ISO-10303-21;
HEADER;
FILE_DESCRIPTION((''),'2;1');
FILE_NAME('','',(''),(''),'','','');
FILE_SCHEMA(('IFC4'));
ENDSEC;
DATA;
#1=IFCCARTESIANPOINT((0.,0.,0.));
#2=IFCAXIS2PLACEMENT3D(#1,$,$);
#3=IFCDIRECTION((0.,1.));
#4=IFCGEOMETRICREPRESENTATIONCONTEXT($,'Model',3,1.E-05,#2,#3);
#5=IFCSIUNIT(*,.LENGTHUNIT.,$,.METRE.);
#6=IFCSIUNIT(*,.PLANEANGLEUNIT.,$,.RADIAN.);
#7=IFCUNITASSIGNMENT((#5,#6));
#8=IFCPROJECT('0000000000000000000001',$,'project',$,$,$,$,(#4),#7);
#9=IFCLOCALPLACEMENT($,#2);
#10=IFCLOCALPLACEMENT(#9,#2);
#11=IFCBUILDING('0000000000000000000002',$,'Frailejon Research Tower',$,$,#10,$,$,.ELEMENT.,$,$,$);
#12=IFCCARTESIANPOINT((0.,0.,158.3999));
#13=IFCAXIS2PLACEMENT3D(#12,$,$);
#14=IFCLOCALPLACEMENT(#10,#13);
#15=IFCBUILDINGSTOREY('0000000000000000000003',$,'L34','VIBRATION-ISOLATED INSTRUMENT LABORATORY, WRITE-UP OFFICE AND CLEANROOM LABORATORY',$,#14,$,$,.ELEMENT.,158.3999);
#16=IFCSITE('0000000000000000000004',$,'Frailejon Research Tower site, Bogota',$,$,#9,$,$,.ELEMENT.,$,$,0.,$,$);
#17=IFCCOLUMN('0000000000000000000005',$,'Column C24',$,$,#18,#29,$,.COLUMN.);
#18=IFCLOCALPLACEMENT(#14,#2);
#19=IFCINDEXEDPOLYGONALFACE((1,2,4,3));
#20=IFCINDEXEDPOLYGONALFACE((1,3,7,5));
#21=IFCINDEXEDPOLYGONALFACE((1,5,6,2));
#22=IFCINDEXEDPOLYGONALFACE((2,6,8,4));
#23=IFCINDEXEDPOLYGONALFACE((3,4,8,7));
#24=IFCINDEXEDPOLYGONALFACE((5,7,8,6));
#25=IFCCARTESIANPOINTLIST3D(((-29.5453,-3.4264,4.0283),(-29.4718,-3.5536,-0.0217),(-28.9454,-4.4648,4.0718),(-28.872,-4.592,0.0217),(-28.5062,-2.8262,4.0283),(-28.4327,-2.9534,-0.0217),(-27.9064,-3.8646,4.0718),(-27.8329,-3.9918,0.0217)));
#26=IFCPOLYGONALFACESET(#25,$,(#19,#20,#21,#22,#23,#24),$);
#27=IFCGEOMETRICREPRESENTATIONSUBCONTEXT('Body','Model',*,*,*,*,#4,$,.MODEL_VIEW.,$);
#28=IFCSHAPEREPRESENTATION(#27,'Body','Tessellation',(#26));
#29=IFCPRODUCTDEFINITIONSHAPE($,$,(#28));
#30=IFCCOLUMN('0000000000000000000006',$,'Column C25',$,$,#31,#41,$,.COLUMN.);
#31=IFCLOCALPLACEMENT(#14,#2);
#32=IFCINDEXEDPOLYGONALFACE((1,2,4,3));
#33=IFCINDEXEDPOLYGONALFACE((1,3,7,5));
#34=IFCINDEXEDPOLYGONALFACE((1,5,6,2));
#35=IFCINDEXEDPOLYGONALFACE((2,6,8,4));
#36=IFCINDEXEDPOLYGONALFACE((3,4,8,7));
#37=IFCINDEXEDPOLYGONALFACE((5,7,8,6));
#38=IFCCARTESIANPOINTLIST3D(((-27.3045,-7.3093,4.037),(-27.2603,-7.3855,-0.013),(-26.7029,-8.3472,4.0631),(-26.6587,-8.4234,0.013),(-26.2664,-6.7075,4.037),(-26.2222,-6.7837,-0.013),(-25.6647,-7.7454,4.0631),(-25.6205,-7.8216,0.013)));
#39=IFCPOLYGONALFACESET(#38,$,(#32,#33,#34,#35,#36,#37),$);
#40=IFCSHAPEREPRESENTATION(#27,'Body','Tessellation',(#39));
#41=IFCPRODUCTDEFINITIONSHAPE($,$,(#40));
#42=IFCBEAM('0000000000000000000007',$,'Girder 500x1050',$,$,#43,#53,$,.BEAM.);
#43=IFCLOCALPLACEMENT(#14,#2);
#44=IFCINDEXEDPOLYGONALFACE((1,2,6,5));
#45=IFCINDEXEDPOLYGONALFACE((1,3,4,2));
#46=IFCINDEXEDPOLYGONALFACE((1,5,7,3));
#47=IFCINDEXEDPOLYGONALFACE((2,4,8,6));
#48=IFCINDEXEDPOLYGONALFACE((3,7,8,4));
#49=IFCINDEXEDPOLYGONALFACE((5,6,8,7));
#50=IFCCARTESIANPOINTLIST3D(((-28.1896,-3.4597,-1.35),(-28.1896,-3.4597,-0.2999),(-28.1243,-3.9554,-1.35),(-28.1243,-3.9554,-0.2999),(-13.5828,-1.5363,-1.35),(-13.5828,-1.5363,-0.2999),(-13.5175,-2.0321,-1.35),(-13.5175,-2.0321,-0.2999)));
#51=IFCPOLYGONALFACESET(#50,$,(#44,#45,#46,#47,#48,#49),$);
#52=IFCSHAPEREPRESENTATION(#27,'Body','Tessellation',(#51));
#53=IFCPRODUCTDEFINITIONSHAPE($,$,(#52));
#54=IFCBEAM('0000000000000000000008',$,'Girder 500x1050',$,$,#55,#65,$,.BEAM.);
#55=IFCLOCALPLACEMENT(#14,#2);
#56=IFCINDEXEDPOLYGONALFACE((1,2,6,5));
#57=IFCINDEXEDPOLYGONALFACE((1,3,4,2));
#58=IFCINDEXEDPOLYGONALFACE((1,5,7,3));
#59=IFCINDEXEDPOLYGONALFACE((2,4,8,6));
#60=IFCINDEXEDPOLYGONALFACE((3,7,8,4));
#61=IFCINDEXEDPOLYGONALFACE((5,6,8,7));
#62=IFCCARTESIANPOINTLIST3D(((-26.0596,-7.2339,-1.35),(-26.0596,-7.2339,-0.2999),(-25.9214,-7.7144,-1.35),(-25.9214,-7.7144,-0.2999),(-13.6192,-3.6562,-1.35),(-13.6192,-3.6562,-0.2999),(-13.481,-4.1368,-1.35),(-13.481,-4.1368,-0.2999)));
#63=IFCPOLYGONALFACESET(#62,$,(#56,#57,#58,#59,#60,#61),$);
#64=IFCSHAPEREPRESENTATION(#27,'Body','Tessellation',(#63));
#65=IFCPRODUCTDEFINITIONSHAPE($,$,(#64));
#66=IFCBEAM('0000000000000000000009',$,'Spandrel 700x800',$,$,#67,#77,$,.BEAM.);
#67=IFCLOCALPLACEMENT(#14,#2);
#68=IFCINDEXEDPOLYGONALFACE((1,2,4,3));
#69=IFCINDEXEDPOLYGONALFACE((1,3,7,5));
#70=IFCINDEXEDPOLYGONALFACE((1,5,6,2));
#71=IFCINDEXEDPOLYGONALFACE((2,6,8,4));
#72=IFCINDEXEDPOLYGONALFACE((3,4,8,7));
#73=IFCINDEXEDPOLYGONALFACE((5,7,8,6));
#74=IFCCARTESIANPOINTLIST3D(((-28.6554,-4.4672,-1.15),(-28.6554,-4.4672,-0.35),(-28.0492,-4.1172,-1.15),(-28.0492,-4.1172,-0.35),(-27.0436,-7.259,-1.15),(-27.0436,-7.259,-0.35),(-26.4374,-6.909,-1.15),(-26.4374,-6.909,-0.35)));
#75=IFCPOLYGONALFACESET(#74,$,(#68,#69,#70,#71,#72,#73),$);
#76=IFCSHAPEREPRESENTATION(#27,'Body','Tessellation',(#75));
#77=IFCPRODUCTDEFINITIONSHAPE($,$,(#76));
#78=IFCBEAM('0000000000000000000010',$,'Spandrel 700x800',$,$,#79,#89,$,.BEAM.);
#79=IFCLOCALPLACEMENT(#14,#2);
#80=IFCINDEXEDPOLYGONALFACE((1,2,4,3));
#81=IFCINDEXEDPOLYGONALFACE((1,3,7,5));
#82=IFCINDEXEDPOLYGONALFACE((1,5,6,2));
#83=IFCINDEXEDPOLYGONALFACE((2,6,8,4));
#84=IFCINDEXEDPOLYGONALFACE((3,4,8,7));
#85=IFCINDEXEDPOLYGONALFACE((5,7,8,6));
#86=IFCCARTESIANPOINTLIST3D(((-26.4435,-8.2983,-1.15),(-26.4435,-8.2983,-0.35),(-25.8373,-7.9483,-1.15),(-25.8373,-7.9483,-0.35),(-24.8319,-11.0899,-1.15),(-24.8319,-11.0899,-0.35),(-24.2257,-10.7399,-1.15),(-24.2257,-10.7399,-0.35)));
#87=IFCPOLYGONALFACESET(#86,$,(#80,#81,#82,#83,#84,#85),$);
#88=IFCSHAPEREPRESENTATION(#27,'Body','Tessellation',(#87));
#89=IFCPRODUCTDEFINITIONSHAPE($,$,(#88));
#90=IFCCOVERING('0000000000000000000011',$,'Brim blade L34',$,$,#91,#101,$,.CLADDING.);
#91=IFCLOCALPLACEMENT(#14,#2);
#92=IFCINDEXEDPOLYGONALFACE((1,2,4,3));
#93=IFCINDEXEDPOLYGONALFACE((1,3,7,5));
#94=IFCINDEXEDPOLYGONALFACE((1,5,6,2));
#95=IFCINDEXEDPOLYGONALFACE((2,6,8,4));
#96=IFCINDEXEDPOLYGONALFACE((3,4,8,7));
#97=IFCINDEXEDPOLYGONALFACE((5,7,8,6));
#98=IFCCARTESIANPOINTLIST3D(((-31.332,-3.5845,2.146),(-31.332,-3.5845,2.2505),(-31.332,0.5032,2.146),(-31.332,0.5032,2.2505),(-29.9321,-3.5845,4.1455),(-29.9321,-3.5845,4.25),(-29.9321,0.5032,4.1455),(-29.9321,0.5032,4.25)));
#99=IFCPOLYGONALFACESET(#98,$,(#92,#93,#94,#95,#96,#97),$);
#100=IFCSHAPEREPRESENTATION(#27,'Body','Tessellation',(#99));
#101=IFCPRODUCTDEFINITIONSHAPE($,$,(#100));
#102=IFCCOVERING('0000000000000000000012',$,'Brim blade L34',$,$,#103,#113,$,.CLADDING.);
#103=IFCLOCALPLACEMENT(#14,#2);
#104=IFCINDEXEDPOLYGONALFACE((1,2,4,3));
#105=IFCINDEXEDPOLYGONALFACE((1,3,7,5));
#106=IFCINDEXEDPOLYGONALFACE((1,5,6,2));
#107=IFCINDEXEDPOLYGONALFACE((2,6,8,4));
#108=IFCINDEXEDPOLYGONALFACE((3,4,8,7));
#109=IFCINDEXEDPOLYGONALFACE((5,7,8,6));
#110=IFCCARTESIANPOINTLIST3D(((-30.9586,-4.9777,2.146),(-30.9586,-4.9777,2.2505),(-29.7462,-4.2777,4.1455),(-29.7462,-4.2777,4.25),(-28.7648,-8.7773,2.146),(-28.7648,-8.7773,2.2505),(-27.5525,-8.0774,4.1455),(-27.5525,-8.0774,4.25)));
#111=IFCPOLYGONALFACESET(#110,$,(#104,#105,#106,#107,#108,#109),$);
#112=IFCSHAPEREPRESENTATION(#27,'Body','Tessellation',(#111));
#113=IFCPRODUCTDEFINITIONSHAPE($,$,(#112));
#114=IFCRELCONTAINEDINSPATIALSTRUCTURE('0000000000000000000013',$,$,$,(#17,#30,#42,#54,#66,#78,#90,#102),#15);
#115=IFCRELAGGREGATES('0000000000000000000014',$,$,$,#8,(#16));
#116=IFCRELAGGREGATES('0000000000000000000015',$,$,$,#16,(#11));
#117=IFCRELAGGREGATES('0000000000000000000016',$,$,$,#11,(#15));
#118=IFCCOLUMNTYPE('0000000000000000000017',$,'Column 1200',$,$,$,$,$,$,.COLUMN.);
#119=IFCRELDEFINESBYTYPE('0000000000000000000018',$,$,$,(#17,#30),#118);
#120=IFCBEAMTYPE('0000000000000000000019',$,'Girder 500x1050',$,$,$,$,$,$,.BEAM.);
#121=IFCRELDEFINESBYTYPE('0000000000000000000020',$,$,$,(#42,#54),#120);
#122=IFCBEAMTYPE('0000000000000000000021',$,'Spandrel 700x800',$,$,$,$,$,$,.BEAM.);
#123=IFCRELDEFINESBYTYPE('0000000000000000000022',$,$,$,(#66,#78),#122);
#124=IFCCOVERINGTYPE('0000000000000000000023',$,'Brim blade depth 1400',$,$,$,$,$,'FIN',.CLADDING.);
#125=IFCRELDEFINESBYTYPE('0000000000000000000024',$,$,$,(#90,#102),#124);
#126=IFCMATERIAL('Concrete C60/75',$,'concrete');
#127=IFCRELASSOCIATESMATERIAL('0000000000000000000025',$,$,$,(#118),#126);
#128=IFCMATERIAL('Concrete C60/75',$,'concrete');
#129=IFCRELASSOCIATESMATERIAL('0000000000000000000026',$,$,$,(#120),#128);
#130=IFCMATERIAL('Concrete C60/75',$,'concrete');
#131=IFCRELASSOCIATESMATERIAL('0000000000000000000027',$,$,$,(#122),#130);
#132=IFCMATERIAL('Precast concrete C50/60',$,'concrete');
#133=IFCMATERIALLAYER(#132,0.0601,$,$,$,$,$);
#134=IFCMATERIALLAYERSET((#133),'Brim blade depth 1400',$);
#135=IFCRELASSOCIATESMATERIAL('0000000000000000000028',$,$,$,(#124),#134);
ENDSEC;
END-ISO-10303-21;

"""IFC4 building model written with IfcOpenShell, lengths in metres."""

from ifc_helpers import new_model, si_unit, direction, frame, origin, origin_2d, place, context, subcontext, project, spatial, polyline, rectangle, outline, extrude, material, layer, layer_set, material_profile, profile_set, type_object, element, save


model = new_model("IFC4")

# Units and contexts
model_context = context("Model", 3, precision=1e-05, world=origin(), true_north=direction((0.0, 1.0)))
body_context = subcontext(model_context, "Body", "Model", "MODEL_VIEW")
ifc_project = project(units=[si_unit("LENGTHUNIT", "METRE"), si_unit("PLANEANGLEUNIT", "RADIAN")], contexts=[model_context])

# Site, building, storey
site_placement = place(None, origin())
site = spatial("IfcSite", under=ifc_project, at=site_placement, Name="Frailejon Research Tower site, Bogota", CompositionType="ELEMENT", RefElevation=0.0)
building_placement = place(site_placement, origin())
building = spatial("IfcBuilding", under=site, at=building_placement, Name="Frailejon Research Tower", CompositionType="ELEMENT")
storey_placement = place(building_placement, frame((0.0, 0.0, 158.3999)))
storey = spatial("IfcBuildingStorey", under=building, at=storey_placement, Name="L34", Description="VIBRATION-ISOLATED INSTRUMENT LABORATORY, WRITE-UP OFFICE AND CLEANROOM LABORATORY", CompositionType="ELEMENT", Elevation=158.3999)

# Columns
ifc_material_1 = material(Name="Concrete C60/75", Category="concrete")
ifc_material_profile_1 = material_profile(ifc_material_1, rectangle(XDim=1.2, YDim=1.2, at=origin_2d()), Name="Column 1200")
ifc_profile_set_1 = profile_set([ifc_material_profile_1], Name="Concrete C60/75")
column_type = type_object("IfcColumnType", Name="Column 1200", PredefinedType="COLUMN", material=ifc_profile_set_1)
column_1_placement = place(storey_placement, frame((-28.6523, -3.7727, 0.0), z_axis=(-0.018133, 0.031386, 0.999343), x_axis=(0.499873, -0.86534, 0.036247)))
element("IfcColumn", 1, at=column_1_placement, inside=storey, type_object=column_type, Name="Column C24", PredefinedType="COLUMN", context=body_context, shape_type="SweptSolid", body=[
    extrude(rectangle(XDim=1.2, YDim=1.2, at=origin_2d()), origin(), (0.0, 0.0, 1.0), 4.0527),
])
column_2_placement = place(storey_placement, frame((-26.4404, -7.6035, 0.0), z_axis=(-0.010908, 0.018803, 0.999764), x_axis=(0.501388, -0.864949, 0.021738)))
element("IfcColumn", 2, at=column_2_placement, inside=storey, type_object=column_type, Name="Column C25", PredefinedType="COLUMN", context=body_context, shape_type="SweptSolid", body=[
    extrude(rectangle(XDim=1.2, YDim=1.2, at=origin_2d()), origin(), (0.0, 0.0, 1.0), 4.051),
])

# Beams
ifc_material_2 = material(Name="Concrete C60/75", Category="concrete")
ifc_material_profile_2 = material_profile(ifc_material_2, rectangle(XDim=0.5, YDim=1.05, at=origin_2d()), Name="Girder 500x1050")
ifc_profile_set_2 = profile_set([ifc_material_profile_2], Name="Concrete C60/75")
beam_type_1 = type_object("IfcBeamType", Name="Girder 500x1050", PredefinedType="BEAM", material=ifc_profile_set_2)
beam_1_placement = place(storey_placement, frame((-28.157, -3.7075, -0.825), z_axis=(0.991442, 0.130546, 0.0), x_axis=(-0.130546, 0.991442, 0.0)))
element("IfcBeam", 3, at=beam_1_placement, inside=storey, type_object=beam_type_1, Name="Girder 500x1050", PredefinedType="BEAM", context=body_context, shape_type="SweptSolid", body=[
    extrude(rectangle(XDim=0.5, YDim=1.05, at=origin_2d()), origin(), (0.0, 0.0, 1.0), 14.7329),
])
beam_2_placement = place(storey_placement, frame((-25.9905, -7.4741, -0.825), z_axis=(0.961049, 0.27638, 0.0), x_axis=(-0.27638, 0.961049, 0.0)))
element("IfcBeam", 4, at=beam_2_placement, inside=storey, type_object=beam_type_1, Name="Girder 500x1050", PredefinedType="BEAM", context=body_context, shape_type="SweptSolid", body=[
    extrude(rectangle(XDim=0.5, YDim=1.05, at=origin_2d()), origin(), (0.0, 0.0, 1.0), 12.9446),
])
ifc_material_3 = material(Name="Concrete C60/75", Category="concrete")
ifc_material_profile_3 = material_profile(ifc_material_3, rectangle(XDim=0.7, YDim=0.8, at=origin_2d()), Name="Spandrel 700x800")
ifc_profile_set_3 = profile_set([ifc_material_profile_3], Name="Concrete C60/75")
beam_type_2 = type_object("IfcBeamType", Name="Spandrel 700x800", PredefinedType="BEAM", material=ifc_profile_set_3)
beam_3_placement = place(storey_placement, frame((-28.3523, -4.2922, -0.75), z_axis=(0.5, -0.866025, 0.0), x_axis=(0.866025, 0.5, 0.0)))
element("IfcBeam", 5, at=beam_3_placement, inside=storey, type_object=beam_type_2, Name="Spandrel 700x800", PredefinedType="BEAM", context=body_context, shape_type="SweptSolid", body=[
    extrude(rectangle(XDim=0.7, YDim=0.8, at=origin_2d()), origin(), (0.0, 0.0, 1.0), 3.2236),
])
beam_4_placement = place(storey_placement, frame((-26.1404, -8.1233, -0.75), z_axis=(0.499976, -0.866039, 0.0), x_axis=(0.866039, 0.499976, 0.0)))
element("IfcBeam", 6, at=beam_4_placement, inside=storey, type_object=beam_type_2, Name="Spandrel 700x800", PredefinedType="BEAM", context=body_context, shape_type="SweptSolid", body=[
    extrude(rectangle(XDim=0.7, YDim=0.8, at=origin_2d()), origin(), (0.0, 0.0, 1.0), 3.2234),
])

# Coverings
ifc_material_4 = material(Name="Precast concrete C50/60", Category="concrete")
ifc_layer_1 = layer(ifc_material_4, 0.0601)
ifc_layer_set_1 = layer_set([ifc_layer_1], Name="Brim blade depth 1400")
covering_type = type_object("IfcCoveringType", Name="Brim blade depth 1400", ElementType="FIN", PredefinedType="CLADDING", material=ifc_layer_set_1)
covering_1_placement = place(storey_placement, frame((-29.9321, -3.5845, 4.25), z_axis=(0.0, 1.0, 0.0), x_axis=(-1.0, 0.0, 0.0)))
element("IfcCovering", 7, at=covering_1_placement, inside=storey, type_object=covering_type, Name="Brim blade L34", PredefinedType="CLADDING", context=body_context, shape_type="SweptSolid", body=[
    extrude(outline(polyline([(0.0, -0.1045), (1.3999, -2.104), (1.3999, -1.9995), (0.0, 0.0), (0.0, -0.1045)])), origin(), (0.0, 0.0, 1.0), 4.0876),
])
covering_2_placement = place(storey_placement, frame((-27.5525, -8.0774, 4.25), z_axis=(-0.5, 0.866025, 0.0), x_axis=(-0.866025, -0.5, 0.0)))
element("IfcCovering", 8, at=covering_2_placement, inside=storey, type_object=covering_type, Name="Brim blade L34", PredefinedType="CLADDING", context=body_context, shape_type="SweptSolid", body=[
    extrude(outline(polyline([(0.0, -0.1045), (1.3999, -2.104), (1.3999, -1.9995), (0.0, 0.0), (0.0, -0.1045)])), origin(), (0.0, 0.0, 1.0), 4.3875),
])

save(model, "model.ifc")
